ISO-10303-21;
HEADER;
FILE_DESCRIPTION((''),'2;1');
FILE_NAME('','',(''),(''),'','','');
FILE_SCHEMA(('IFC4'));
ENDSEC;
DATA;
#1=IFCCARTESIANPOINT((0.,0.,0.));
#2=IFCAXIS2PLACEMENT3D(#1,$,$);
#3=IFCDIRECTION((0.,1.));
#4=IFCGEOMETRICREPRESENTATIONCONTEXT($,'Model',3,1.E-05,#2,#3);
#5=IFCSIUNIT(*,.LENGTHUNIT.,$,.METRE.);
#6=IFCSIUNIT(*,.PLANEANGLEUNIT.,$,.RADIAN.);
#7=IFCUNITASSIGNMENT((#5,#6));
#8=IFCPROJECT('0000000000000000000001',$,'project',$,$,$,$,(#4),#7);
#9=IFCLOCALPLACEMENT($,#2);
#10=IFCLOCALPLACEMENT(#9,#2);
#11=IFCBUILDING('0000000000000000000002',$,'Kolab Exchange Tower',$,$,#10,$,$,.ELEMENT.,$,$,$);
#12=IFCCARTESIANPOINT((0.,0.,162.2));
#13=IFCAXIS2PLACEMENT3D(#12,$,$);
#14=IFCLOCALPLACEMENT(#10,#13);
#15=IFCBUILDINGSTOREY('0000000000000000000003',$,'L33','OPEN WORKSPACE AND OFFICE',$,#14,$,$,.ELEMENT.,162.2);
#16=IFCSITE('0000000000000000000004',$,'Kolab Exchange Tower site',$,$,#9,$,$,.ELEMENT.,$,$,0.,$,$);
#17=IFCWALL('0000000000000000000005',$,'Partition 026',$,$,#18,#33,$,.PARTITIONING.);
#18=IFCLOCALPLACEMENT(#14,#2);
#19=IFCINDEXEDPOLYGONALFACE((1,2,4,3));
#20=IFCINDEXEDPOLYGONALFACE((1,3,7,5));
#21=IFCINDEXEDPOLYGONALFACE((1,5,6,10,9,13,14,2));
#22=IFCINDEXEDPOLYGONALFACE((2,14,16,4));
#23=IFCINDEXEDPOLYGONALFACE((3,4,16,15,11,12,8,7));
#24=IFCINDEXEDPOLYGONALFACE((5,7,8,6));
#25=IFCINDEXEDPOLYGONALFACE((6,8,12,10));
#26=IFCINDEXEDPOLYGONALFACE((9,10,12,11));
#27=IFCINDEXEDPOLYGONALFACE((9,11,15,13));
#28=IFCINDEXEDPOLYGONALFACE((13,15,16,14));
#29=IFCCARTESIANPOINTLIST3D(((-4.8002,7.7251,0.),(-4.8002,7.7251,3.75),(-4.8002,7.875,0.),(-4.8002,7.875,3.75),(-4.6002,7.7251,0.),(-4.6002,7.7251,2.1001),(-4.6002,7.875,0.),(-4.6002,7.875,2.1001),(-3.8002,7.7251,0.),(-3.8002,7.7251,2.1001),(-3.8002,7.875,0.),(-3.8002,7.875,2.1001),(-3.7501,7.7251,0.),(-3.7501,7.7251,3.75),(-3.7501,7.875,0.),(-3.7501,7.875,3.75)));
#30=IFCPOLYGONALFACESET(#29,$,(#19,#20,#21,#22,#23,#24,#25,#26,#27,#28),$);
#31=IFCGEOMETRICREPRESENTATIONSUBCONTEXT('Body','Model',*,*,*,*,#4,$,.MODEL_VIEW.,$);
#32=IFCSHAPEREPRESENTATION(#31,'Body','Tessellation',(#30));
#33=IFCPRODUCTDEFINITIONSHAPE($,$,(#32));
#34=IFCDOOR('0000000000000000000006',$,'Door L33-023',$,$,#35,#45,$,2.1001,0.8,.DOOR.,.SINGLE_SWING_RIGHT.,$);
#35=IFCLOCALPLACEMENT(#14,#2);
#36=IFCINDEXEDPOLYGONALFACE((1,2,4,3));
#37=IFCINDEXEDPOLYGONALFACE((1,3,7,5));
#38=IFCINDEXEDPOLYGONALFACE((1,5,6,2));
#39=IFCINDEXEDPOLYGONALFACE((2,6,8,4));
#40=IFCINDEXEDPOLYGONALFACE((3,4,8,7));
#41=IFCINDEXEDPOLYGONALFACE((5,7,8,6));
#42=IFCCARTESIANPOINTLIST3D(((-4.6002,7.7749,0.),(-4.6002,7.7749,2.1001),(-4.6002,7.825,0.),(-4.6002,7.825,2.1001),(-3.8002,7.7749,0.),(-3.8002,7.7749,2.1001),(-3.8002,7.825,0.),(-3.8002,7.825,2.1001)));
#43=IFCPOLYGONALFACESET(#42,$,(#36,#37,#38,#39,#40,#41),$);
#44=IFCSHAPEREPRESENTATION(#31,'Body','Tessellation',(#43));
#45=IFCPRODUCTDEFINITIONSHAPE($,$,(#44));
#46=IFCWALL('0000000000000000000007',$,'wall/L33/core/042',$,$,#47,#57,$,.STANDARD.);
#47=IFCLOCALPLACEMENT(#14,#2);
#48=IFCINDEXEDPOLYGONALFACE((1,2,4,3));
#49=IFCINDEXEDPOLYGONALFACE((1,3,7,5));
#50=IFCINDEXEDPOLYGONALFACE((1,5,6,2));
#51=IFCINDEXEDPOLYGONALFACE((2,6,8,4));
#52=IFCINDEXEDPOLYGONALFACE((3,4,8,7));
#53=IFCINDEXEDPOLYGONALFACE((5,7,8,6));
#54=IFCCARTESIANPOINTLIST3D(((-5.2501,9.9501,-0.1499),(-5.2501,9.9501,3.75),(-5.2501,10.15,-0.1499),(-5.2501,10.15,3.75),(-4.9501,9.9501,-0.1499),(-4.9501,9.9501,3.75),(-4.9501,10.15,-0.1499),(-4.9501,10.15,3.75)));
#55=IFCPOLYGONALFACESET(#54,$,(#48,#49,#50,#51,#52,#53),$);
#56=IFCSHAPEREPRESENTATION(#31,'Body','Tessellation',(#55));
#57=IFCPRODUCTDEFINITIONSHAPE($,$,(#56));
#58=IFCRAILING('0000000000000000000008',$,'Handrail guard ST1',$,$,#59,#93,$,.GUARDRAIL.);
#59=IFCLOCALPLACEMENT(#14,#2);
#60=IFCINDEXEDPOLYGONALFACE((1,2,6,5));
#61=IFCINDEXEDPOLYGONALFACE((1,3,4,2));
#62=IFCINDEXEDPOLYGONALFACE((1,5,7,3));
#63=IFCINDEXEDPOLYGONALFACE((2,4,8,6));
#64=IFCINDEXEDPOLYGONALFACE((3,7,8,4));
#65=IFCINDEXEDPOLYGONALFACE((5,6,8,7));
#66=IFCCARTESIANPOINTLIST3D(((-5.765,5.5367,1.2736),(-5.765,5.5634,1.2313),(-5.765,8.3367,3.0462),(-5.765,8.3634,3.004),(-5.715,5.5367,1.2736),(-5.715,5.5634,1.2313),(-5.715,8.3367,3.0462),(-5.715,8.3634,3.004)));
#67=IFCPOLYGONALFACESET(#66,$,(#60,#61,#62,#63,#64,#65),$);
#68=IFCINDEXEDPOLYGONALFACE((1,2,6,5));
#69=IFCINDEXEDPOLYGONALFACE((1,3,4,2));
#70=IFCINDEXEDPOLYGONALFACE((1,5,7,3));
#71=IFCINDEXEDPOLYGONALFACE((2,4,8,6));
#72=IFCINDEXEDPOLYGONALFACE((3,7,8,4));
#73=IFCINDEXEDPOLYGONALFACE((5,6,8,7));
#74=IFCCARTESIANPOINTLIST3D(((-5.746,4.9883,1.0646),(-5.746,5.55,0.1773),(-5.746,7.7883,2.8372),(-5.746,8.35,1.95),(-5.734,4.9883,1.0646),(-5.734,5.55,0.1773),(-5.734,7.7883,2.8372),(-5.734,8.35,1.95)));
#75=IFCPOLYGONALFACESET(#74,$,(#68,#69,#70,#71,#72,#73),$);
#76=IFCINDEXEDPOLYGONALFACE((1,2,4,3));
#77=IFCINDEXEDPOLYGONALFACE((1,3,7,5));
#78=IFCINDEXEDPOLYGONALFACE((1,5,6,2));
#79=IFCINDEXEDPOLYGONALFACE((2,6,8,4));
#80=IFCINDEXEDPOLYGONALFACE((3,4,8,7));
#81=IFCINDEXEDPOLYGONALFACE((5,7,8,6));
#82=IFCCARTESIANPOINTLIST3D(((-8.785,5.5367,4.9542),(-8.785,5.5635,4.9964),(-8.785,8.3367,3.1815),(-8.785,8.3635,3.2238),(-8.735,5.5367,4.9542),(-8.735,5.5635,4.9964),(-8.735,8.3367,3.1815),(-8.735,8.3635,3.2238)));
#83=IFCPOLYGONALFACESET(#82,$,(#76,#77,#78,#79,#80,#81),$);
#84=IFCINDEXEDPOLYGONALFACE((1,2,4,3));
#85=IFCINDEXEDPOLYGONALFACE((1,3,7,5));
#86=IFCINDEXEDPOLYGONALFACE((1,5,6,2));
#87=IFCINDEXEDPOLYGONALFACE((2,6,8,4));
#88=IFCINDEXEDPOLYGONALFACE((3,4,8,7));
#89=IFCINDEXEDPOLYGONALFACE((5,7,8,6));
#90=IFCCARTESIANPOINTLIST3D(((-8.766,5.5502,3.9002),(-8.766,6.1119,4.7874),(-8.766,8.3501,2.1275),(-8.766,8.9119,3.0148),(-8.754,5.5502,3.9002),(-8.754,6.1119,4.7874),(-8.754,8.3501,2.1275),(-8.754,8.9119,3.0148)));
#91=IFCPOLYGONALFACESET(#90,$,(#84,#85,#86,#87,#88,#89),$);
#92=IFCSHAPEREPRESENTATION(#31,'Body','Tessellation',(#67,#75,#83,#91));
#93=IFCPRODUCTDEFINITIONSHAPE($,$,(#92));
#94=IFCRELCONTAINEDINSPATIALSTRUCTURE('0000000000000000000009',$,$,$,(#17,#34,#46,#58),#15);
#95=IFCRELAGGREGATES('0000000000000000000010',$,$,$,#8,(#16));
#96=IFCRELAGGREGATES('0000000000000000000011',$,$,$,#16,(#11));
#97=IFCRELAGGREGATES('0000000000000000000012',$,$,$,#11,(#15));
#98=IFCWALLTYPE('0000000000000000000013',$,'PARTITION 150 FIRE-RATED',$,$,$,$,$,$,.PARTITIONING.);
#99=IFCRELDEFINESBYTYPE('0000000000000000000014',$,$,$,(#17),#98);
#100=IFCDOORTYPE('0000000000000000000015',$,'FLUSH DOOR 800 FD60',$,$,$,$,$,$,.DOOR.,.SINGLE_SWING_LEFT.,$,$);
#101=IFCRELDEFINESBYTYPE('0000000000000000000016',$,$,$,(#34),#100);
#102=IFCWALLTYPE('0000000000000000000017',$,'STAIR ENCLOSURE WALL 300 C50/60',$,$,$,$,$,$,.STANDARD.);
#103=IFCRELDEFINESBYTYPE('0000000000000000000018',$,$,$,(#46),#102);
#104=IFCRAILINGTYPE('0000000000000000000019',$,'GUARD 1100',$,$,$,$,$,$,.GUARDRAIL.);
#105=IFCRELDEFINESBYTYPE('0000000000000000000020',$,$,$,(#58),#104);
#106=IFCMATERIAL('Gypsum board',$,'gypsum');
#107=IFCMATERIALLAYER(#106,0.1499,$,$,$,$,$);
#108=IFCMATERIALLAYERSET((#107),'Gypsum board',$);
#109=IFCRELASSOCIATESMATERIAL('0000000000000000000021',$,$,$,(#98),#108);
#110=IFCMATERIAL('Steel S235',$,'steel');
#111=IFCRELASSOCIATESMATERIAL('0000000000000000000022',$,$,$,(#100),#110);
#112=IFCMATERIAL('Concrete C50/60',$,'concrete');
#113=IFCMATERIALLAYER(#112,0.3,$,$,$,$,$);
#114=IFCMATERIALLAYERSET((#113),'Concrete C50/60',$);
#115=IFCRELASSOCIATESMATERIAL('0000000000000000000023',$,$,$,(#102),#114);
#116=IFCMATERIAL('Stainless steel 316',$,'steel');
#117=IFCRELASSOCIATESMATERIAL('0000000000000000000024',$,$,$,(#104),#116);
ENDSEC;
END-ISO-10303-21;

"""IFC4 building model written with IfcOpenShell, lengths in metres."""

from ifc_helpers import new_model, si_unit, direction, frame, frame_2d, origin, origin_2d, place, context, subcontext, project, spatial, rectangle, extrude, material, layer, layer_set, type_object, element, fill, save


model = new_model("IFC4")

# Units and contexts
model_context = context("Model", 3, precision=1e-05, world=origin(), true_north=direction((0.0, 1.0)))
body_context = subcontext(model_context, "Body", "Model", "MODEL_VIEW")
ifc_project = project(units=[si_unit("LENGTHUNIT", "METRE"), si_unit("PLANEANGLEUNIT", "RADIAN")], contexts=[model_context])

# Site, building, storey
site_placement = place(None, origin())
site = spatial("IfcSite", under=ifc_project, at=site_placement, Name="Kolab Exchange Tower site", CompositionType="ELEMENT", RefElevation=0.0)
building_placement = place(site_placement, origin())
building = spatial("IfcBuilding", under=site, at=building_placement, Name="Kolab Exchange Tower", CompositionType="ELEMENT")
storey_placement = place(building_placement, frame((0.0, 0.0, 162.2)))
storey = spatial("IfcBuildingStorey", under=building, at=storey_placement, Name="L33", Description="OPEN WORKSPACE AND OFFICE", CompositionType="ELEMENT", Elevation=162.2)

# Shared definitions
ifc_material_1 = material(Name="Steel S235", Category="steel")
ifc_material_2 = material(Name="Concrete C50/60", Category="concrete")
ifc_material_3 = material(Name="Stainless steel 316", Category="steel")

# Shared definitions
ifc_material_4 = material(Name="Gypsum board", Category="gypsum")
ifc_layer_1 = layer(ifc_material_4, 0.1499)
ifc_layer_set_1 = layer_set([ifc_layer_1], Name="Gypsum board")
wall_type_1 = type_object("IfcWallType", Name="PARTITION 150 FIRE-RATED", PredefinedType="PARTITIONING", material=ifc_layer_set_1)

# Wall, opening, door
wall_1_placement = place(storey_placement, frame((-4.8, 7.8, 0.0), z_axis=(0.0, 0.0, 1.0), x_axis=(1.0, 0.0, 0.0)))
wall_1 = element("IfcWall", 1, at=wall_1_placement, inside=storey, type_object=wall_type_1, Name="Partition 026", PredefinedType="PARTITIONING", context=body_context, shape_type="SweptSolid", body=[
    extrude(rectangle(XDim=1.05, YDim=0.1499, at=frame_2d((0.5249, 0.0))), origin(), (0.0, 0.0, 1.0), 3.75),
])
opening_1_placement = place(wall_1_placement, frame((0.2, 0.0, 0.0)))
opening_1 = element("IfcOpeningElement", 2, at=opening_1_placement, cuts=wall_1, PredefinedType="OPENING", context=body_context, shape_type="SweptSolid", body=[
    extrude(rectangle(XDim=0.8, YDim=2.1001, at=frame_2d((0.3999, 1.05))), frame((0.0, 0.085, 0.0), z_axis=(0.0, -1.0, 0.0), x_axis=(1.0, 0.0, 0.0)), (0.0, 0.0, 1.0), 0.1699),
])
door_type_1 = type_object("IfcDoorType", Name="FLUSH DOOR 800 FD60", OperationType="SINGLE_SWING_LEFT", PredefinedType="DOOR", material=ifc_material_1)
door_1_placement = place(opening_1_placement, origin())
door_1 = element("IfcDoor", 3, at=door_1_placement, inside=storey, type_object=door_type_1, Name="Door L33-023", OperationType="SINGLE_SWING_RIGHT", OverallHeight=2.1001, OverallWidth=0.8, PredefinedType="DOOR", context=body_context, shape_type="SweptSolid", body=[
    extrude(rectangle(XDim=0.8, YDim=2.1001, at=frame_2d((0.3999, 1.05))), frame((0.0, 0.0249, 0.0), z_axis=(0.0, -1.0, 0.0), x_axis=(1.0, 0.0, 0.0)), (0.0, 0.0, 1.0), 0.05),
])
fill(opening_1, door_1)

# Wall
ifc_layer_2 = layer(ifc_material_2, 0.3)
ifc_layer_set_2 = layer_set([ifc_layer_2], Name="Concrete C50/60")
wall_type_2 = type_object("IfcWallType", Name="STAIR ENCLOSURE WALL 300 C50/60", PredefinedType="STANDARD", material=ifc_layer_set_2)
wall_2_placement = place(storey_placement, frame((-5.1001, 9.95, -0.1499), z_axis=(0.0, 0.0, 1.0), x_axis=(0.0, 1.0, 0.0)))
element("IfcWall", 4, at=wall_2_placement, inside=storey, type_object=wall_type_2, Name="wall/L33/core/042", PredefinedType="STANDARD", context=body_context, shape_type="SweptSolid", body=[
    extrude(rectangle(XDim=0.2, YDim=0.3, at=frame_2d((0.1001, 0.0))), origin(), (0.0, 0.0, 1.0), 3.8999),
])

# Railing
railing_type = type_object("IfcRailingType", Name="GUARD 1100", PredefinedType="GUARDRAIL", material=ifc_material_3)
railing_placement = place(storey_placement, frame((-5.74, 5.55, 0.1772)))
element("IfcRailing", 5, at=railing_placement, inside=storey, type_object=railing_type, Name="Handrail guard ST1", PredefinedType="GUARDRAIL", context=body_context, shape_type="SweptSolid", body=[
    extrude(rectangle(XDim=0.05, YDim=0.05, at=origin_2d()), frame((0.0, 0.0, 1.0752), z_axis=(0.0, 0.844909, 0.53491), x_axis=(-1.0, 0.0, 0.0)), (0.0, 0.0, 1.0), 3.314),
    extrude(rectangle(XDim=0.012, YDim=1.0501, at=frame_2d((0.0, 0.5251))), frame((0.0, 0.0, 0.0), z_axis=(0.0, 0.844909, 0.53491), x_axis=(-1.0, 0.0, 0.0)), (0.0, 0.0, 1.0), 3.314),
    extrude(rectangle(XDim=0.05, YDim=0.05, at=origin_2d()), frame((-3.02, 2.8, 3.0254), z_axis=(0.0, -0.844909, 0.53491), x_axis=(1.0, 0.0, 0.0)), (0.0, 0.0, 1.0), 3.314),
    extrude(rectangle(XDim=0.012, YDim=1.0501, at=frame_2d((0.0, 0.5251))), frame((-3.02, 2.8, 1.9502), z_axis=(0.0, -0.844909, 0.53491), x_axis=(1.0, 0.0, 0.0)), (0.0, 0.0, 1.0), 3.314),
])

save(model, "model.ifc")
